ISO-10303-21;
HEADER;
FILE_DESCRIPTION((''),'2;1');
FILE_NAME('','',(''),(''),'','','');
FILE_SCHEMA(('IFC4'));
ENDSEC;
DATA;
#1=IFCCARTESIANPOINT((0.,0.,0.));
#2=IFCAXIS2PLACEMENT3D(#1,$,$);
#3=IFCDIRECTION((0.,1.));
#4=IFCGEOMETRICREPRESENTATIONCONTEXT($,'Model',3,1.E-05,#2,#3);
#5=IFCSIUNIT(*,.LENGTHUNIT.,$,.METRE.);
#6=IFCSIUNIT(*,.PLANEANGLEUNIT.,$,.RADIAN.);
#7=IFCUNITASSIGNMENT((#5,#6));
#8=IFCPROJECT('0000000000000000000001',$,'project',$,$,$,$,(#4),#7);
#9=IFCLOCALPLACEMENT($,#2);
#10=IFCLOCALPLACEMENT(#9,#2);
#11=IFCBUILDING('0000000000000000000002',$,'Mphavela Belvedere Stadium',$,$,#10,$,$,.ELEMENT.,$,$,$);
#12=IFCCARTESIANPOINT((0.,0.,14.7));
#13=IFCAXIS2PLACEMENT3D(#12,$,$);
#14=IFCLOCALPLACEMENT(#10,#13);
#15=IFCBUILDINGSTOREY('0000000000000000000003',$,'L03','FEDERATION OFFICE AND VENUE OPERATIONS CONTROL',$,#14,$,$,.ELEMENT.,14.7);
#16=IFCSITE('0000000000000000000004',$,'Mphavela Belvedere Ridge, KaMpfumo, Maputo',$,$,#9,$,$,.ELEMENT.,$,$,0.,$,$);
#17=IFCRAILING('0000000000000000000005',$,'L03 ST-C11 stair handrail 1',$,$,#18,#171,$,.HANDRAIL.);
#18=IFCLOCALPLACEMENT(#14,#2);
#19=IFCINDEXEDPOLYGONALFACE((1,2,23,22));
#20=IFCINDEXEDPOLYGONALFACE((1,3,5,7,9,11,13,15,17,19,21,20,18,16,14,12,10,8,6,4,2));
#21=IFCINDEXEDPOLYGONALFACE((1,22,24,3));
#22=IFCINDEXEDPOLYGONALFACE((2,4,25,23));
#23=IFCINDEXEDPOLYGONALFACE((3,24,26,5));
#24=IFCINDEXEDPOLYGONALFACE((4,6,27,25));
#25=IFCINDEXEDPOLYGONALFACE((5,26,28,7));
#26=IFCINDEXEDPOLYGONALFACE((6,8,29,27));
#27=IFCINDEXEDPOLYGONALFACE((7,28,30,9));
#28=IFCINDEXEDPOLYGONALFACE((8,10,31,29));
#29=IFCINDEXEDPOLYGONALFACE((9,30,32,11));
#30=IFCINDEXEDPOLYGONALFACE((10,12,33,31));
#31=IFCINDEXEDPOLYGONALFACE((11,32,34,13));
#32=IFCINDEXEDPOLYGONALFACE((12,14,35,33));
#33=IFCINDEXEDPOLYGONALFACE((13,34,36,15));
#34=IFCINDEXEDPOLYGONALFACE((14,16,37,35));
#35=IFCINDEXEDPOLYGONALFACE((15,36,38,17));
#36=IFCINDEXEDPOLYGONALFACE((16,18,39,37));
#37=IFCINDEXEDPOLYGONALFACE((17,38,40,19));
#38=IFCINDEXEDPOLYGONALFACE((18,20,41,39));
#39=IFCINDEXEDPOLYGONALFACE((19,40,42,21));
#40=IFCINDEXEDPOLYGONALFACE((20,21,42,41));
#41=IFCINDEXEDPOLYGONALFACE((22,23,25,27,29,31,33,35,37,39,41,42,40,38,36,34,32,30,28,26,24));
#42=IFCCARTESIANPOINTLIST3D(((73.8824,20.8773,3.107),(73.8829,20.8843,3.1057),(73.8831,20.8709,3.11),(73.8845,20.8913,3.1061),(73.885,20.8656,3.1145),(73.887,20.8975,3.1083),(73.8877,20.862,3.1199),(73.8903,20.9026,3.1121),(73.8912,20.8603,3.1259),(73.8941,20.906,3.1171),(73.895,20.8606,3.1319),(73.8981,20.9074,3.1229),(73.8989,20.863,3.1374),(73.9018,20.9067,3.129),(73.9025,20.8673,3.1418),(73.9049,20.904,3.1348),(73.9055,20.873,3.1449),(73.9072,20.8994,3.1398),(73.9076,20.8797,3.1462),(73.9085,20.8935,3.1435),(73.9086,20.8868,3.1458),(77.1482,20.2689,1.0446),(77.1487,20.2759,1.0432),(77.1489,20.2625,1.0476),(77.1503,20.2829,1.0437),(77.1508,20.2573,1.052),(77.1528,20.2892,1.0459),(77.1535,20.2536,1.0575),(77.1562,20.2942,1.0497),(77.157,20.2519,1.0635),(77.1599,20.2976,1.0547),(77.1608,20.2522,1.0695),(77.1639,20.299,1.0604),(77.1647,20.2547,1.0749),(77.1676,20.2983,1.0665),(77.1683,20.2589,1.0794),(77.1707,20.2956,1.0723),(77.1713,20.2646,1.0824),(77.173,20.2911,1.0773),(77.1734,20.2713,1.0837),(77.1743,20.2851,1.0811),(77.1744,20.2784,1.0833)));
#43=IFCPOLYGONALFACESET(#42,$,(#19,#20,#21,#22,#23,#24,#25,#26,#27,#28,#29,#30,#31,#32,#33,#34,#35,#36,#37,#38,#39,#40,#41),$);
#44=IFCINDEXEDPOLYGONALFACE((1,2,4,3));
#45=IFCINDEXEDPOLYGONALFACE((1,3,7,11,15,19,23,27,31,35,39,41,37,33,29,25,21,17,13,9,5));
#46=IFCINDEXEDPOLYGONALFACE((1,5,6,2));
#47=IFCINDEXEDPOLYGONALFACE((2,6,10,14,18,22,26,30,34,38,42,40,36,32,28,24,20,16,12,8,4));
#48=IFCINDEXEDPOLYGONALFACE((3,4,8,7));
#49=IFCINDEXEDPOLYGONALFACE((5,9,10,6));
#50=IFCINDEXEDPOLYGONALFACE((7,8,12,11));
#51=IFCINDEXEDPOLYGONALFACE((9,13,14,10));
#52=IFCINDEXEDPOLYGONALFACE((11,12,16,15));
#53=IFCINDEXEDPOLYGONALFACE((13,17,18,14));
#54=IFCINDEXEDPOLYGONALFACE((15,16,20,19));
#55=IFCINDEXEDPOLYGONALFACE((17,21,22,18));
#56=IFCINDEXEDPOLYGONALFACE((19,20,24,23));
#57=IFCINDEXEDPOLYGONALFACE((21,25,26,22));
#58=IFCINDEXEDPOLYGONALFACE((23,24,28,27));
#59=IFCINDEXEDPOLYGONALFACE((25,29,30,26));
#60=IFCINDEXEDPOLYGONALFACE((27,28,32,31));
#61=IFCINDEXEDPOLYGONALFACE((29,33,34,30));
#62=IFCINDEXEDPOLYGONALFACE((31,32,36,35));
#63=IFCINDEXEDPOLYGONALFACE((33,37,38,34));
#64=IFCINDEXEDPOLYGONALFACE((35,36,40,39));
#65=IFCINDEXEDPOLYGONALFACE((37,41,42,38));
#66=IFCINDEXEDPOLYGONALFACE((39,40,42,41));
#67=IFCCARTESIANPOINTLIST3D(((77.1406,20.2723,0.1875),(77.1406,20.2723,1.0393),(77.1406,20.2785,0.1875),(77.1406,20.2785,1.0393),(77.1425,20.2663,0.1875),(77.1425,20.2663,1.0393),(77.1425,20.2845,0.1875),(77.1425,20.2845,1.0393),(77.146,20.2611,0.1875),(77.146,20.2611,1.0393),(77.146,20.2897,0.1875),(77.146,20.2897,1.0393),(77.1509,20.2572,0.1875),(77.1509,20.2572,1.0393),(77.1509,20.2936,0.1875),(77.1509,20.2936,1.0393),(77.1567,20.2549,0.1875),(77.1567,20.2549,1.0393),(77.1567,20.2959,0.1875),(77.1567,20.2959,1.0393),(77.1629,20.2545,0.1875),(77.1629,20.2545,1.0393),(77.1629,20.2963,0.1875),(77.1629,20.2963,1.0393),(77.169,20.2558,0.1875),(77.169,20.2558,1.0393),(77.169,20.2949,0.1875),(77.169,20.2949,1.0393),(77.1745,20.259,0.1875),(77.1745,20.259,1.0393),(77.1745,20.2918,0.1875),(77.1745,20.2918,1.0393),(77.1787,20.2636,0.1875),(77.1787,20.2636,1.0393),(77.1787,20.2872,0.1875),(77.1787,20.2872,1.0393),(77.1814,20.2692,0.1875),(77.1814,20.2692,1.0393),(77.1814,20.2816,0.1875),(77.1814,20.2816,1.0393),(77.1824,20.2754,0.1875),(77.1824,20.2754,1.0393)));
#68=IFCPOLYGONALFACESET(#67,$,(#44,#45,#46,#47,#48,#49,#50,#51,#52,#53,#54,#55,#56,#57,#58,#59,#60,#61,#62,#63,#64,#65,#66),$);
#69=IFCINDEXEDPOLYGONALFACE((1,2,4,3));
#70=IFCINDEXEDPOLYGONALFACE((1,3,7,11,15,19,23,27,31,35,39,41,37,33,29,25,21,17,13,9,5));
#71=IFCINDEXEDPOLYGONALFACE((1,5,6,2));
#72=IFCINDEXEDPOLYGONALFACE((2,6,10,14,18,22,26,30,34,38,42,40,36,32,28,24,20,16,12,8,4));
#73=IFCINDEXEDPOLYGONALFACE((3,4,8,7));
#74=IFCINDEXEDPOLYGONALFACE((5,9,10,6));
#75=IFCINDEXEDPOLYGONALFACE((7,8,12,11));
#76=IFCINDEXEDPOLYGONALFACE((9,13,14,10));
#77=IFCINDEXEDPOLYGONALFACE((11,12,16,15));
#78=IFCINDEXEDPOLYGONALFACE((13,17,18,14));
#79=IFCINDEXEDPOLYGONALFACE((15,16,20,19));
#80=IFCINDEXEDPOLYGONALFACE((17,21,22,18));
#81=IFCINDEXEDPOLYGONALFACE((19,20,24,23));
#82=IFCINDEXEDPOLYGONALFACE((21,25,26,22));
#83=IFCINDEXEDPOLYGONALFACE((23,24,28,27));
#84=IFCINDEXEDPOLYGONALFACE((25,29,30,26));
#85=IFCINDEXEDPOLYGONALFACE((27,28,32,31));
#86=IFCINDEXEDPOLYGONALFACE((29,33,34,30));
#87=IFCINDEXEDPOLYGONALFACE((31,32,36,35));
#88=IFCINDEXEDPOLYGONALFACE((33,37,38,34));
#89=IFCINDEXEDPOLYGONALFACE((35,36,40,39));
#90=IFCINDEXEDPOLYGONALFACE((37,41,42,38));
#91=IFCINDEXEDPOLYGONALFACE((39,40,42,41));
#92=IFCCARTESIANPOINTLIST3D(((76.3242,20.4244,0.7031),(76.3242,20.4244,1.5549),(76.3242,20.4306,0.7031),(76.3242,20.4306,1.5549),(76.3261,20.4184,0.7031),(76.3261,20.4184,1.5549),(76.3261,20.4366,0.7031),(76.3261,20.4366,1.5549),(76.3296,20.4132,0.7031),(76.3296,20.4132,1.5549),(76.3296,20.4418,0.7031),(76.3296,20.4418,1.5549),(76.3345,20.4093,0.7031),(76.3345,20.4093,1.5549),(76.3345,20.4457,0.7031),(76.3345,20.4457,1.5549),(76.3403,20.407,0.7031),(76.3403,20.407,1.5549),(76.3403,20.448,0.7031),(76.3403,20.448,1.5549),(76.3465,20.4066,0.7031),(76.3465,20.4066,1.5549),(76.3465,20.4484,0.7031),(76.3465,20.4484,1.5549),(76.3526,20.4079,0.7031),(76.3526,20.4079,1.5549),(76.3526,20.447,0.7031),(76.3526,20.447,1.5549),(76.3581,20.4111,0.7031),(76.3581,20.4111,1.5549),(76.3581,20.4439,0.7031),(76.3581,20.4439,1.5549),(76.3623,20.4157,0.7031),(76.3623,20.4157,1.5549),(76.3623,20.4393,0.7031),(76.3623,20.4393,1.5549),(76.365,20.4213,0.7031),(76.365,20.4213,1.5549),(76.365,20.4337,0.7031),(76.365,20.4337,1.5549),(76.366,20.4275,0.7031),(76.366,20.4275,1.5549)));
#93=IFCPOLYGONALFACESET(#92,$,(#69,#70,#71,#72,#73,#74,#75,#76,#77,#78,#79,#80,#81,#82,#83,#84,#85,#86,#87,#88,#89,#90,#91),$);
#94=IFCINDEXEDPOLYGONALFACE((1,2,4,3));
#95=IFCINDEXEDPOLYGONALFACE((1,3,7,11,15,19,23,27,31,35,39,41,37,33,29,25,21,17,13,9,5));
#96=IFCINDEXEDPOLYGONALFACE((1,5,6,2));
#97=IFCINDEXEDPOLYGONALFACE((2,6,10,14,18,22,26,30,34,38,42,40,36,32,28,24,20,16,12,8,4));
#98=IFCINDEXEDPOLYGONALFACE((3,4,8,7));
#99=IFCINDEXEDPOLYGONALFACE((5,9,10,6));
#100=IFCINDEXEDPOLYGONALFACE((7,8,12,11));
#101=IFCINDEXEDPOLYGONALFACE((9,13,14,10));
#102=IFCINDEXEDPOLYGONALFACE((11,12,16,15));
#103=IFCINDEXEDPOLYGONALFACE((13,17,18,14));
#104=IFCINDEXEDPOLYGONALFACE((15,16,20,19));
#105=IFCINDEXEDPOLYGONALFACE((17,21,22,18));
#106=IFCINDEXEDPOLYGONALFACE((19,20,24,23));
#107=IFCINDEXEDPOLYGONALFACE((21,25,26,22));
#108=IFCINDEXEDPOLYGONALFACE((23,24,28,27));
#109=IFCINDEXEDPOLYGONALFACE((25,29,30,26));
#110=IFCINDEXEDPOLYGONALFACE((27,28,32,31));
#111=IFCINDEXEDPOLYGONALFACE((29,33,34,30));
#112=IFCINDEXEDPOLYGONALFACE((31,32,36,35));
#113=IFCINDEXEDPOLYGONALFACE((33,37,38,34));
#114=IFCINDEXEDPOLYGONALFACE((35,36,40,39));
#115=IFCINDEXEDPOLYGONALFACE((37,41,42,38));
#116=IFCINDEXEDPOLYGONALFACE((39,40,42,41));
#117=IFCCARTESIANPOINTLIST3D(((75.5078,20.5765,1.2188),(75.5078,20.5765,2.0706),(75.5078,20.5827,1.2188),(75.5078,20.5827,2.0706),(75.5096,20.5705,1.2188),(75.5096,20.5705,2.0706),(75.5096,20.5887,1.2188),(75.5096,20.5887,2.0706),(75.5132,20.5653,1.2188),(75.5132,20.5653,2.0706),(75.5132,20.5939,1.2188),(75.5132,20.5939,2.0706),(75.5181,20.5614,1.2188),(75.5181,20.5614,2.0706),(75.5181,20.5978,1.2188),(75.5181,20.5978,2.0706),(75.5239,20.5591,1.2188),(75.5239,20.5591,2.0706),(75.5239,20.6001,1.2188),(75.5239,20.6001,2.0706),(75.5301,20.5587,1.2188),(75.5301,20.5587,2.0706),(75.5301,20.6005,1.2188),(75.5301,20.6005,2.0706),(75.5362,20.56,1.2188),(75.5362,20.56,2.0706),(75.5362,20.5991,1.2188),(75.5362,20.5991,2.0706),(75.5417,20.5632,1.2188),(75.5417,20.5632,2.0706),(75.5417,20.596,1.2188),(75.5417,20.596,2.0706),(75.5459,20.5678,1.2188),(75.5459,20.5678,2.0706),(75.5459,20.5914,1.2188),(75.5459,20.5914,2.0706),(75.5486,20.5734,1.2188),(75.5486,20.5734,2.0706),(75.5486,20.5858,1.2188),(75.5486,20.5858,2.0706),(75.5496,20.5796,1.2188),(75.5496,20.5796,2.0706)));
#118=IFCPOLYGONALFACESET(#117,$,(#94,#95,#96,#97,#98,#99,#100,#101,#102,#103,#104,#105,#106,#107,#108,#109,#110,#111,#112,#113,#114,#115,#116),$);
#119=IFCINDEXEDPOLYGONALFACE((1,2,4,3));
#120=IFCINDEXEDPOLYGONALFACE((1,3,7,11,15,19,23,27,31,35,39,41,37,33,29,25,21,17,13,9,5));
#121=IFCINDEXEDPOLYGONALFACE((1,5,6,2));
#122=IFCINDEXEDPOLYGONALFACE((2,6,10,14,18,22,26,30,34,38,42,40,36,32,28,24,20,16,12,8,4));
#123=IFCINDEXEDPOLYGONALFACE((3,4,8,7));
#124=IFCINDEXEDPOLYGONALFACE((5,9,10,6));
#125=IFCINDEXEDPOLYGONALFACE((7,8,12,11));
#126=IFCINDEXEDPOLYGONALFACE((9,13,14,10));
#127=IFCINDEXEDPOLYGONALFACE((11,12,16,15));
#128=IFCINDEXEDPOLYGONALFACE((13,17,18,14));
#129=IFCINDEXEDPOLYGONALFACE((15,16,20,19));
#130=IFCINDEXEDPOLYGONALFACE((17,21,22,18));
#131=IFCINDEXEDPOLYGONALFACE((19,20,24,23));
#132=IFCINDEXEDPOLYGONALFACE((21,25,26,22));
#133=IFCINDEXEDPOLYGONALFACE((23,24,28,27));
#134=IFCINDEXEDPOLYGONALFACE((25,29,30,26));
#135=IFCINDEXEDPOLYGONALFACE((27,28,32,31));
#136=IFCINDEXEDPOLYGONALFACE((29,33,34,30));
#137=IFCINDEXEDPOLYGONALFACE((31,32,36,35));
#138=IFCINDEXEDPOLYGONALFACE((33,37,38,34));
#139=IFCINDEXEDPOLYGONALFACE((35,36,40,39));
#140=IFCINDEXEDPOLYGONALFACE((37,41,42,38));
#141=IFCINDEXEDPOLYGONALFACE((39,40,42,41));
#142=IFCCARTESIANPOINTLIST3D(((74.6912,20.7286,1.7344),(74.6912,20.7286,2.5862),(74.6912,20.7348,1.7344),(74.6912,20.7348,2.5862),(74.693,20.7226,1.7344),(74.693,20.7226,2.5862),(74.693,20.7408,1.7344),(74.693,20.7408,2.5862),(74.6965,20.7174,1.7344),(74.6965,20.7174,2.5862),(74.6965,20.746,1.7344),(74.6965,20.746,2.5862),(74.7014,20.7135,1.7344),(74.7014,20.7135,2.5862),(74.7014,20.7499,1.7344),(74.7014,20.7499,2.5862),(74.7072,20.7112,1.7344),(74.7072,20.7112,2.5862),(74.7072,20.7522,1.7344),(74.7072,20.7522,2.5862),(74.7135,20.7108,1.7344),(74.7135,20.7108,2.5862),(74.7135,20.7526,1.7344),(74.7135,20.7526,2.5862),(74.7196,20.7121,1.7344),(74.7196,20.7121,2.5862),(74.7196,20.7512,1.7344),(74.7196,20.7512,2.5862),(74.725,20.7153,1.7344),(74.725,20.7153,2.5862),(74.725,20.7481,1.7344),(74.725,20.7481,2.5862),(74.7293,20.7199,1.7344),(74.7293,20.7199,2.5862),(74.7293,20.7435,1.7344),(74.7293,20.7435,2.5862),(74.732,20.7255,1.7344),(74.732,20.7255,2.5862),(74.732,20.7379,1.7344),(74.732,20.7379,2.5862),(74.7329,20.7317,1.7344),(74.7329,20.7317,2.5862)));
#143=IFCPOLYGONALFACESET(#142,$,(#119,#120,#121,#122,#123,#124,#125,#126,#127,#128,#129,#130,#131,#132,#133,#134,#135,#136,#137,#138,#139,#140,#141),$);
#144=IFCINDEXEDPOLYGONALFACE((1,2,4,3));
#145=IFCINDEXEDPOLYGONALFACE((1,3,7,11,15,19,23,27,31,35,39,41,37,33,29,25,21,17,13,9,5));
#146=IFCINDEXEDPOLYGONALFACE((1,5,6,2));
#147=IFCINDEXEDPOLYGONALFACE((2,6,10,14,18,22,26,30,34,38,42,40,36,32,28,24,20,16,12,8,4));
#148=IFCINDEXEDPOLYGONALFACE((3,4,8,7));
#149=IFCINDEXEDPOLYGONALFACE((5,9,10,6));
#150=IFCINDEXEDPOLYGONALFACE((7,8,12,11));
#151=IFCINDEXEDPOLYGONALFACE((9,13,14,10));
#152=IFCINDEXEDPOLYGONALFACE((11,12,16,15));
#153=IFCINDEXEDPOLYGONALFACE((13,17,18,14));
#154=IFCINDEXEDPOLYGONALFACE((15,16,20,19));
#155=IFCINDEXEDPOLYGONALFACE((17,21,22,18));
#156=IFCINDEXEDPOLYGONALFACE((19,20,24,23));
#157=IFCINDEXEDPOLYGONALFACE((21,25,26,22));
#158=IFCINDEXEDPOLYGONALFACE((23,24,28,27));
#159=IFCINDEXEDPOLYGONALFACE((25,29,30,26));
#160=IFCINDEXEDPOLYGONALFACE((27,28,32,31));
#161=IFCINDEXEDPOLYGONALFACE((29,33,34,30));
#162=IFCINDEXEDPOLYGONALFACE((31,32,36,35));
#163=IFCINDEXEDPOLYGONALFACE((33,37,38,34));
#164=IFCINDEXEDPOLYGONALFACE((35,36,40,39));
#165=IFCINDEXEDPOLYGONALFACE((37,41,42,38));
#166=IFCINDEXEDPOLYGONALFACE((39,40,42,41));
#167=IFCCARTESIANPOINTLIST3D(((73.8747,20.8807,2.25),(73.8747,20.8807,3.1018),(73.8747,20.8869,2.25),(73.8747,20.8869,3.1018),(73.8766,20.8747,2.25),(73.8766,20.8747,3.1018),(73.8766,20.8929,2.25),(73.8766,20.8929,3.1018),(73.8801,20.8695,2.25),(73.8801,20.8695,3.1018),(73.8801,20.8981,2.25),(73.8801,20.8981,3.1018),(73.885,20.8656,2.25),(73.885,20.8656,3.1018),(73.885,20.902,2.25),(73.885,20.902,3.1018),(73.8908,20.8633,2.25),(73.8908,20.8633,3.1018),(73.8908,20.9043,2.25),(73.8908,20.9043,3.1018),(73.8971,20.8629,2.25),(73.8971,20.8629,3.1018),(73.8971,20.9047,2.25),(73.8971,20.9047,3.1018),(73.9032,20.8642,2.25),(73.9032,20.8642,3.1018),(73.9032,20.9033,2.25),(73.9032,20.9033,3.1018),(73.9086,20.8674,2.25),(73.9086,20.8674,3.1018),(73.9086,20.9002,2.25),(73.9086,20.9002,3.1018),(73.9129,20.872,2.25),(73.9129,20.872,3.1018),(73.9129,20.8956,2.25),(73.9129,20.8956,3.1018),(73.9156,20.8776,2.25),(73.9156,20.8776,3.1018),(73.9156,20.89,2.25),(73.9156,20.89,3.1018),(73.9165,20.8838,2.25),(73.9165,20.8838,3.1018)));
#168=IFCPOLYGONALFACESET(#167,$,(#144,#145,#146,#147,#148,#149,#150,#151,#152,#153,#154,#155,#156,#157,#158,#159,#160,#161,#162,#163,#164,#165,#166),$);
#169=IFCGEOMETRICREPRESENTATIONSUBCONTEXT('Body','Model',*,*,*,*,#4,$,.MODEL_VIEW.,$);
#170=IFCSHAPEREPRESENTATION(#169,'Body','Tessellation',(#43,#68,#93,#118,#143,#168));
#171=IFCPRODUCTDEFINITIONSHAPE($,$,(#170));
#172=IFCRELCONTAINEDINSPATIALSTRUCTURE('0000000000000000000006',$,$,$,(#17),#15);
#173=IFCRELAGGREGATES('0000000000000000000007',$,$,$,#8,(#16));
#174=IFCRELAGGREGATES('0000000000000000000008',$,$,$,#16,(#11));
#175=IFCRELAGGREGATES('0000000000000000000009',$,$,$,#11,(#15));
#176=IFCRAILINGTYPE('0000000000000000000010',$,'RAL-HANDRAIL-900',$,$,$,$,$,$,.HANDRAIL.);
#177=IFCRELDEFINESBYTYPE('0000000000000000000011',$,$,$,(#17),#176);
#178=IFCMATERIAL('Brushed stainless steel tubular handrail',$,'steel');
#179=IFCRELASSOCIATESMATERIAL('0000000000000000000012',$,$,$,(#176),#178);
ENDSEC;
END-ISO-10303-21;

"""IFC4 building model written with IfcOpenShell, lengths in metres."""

from ifc_helpers import new_model, si_unit, direction, frame, origin, origin_2d, place, context, subcontext, project, spatial, circle, extrude, material, type_object, element, save


model = new_model("IFC4")

# Units and contexts
model_context = context("Model", 3, precision=1e-05, world=origin(), true_north=direction((0.0, 1.0)))
body_context = subcontext(model_context, "Body", "Model", "MODEL_VIEW")
ifc_project = project(units=[si_unit("LENGTHUNIT", "METRE"), si_unit("PLANEANGLEUNIT", "RADIAN")], contexts=[model_context])

# Site, building, storey
site_placement = place(None, origin())
site = spatial("IfcSite", under=ifc_project, at=site_placement, Name="Mphavela Belvedere Ridge, KaMpfumo, Maputo", CompositionType="ELEMENT", RefElevation=0.0)
building_placement = place(site_placement, origin())
building = spatial("IfcBuilding", under=site, at=building_placement, Name="Mphavela Belvedere Stadium", CompositionType="ELEMENT")
storey_placement = place(building_placement, frame((0.0, 0.0, 14.7)))
storey = spatial("IfcBuildingStorey", under=building, at=storey_placement, Name="L03", Description="FEDERATION OFFICE AND VENUE OPERATIONS CONTROL", CompositionType="ELEMENT", Elevation=14.7)

# Railing
ifc_material_1 = material(Name="Brushed stainless steel tubular handrail", Category="steel")
railing_type_1 = type_object("IfcRailingType", Name="RAL-HANDRAIL-900", PredefinedType="HANDRAIL", material=ifc_material_1)
railing_1_placement = place(storey_placement, frame((77.1614, 20.2754, 0.1875)))
element("IfcRailing", 1, at=railing_1_placement, inside=storey, type_object=railing_type_1, Name="L03 ST-C11 stair handrail 1", PredefinedType="HANDRAIL", context=body_context, shape_type="SweptSolid", body=[
    extrude(circle(Radius=0.0239, at=origin_2d()), frame((0.0, 0.0, 0.876), z_axis=(-0.83521, 0.155591, 0.527462), x_axis=(-0.183139, -0.983087, 0.0)), (0.0, 0.0, 1.0), 3.9102),
    extrude(circle(Radius=0.021, at=origin_2d()), origin(), (0.0, 0.0, 1.0), 0.8518),
    extrude(circle(Radius=0.021, at=origin_2d()), frame((-0.8164, 0.1521, 0.5156)), (0.0, 0.0, 1.0), 0.8518),
    extrude(circle(Radius=0.021, at=origin_2d()), frame((-1.6328, 0.3042, 1.0312)), (0.0, 0.0, 1.0), 0.8518),
    extrude(circle(Radius=0.021, at=origin_2d()), frame((-2.4495, 0.4563, 1.5469)), (0.0, 0.0, 1.0), 0.8518),
    extrude(circle(Radius=0.021, at=origin_2d()), frame((-3.2659, 0.6084, 2.0625)), (0.0, 0.0, 1.0), 0.8518),
])

save(model, "model.ifc")
